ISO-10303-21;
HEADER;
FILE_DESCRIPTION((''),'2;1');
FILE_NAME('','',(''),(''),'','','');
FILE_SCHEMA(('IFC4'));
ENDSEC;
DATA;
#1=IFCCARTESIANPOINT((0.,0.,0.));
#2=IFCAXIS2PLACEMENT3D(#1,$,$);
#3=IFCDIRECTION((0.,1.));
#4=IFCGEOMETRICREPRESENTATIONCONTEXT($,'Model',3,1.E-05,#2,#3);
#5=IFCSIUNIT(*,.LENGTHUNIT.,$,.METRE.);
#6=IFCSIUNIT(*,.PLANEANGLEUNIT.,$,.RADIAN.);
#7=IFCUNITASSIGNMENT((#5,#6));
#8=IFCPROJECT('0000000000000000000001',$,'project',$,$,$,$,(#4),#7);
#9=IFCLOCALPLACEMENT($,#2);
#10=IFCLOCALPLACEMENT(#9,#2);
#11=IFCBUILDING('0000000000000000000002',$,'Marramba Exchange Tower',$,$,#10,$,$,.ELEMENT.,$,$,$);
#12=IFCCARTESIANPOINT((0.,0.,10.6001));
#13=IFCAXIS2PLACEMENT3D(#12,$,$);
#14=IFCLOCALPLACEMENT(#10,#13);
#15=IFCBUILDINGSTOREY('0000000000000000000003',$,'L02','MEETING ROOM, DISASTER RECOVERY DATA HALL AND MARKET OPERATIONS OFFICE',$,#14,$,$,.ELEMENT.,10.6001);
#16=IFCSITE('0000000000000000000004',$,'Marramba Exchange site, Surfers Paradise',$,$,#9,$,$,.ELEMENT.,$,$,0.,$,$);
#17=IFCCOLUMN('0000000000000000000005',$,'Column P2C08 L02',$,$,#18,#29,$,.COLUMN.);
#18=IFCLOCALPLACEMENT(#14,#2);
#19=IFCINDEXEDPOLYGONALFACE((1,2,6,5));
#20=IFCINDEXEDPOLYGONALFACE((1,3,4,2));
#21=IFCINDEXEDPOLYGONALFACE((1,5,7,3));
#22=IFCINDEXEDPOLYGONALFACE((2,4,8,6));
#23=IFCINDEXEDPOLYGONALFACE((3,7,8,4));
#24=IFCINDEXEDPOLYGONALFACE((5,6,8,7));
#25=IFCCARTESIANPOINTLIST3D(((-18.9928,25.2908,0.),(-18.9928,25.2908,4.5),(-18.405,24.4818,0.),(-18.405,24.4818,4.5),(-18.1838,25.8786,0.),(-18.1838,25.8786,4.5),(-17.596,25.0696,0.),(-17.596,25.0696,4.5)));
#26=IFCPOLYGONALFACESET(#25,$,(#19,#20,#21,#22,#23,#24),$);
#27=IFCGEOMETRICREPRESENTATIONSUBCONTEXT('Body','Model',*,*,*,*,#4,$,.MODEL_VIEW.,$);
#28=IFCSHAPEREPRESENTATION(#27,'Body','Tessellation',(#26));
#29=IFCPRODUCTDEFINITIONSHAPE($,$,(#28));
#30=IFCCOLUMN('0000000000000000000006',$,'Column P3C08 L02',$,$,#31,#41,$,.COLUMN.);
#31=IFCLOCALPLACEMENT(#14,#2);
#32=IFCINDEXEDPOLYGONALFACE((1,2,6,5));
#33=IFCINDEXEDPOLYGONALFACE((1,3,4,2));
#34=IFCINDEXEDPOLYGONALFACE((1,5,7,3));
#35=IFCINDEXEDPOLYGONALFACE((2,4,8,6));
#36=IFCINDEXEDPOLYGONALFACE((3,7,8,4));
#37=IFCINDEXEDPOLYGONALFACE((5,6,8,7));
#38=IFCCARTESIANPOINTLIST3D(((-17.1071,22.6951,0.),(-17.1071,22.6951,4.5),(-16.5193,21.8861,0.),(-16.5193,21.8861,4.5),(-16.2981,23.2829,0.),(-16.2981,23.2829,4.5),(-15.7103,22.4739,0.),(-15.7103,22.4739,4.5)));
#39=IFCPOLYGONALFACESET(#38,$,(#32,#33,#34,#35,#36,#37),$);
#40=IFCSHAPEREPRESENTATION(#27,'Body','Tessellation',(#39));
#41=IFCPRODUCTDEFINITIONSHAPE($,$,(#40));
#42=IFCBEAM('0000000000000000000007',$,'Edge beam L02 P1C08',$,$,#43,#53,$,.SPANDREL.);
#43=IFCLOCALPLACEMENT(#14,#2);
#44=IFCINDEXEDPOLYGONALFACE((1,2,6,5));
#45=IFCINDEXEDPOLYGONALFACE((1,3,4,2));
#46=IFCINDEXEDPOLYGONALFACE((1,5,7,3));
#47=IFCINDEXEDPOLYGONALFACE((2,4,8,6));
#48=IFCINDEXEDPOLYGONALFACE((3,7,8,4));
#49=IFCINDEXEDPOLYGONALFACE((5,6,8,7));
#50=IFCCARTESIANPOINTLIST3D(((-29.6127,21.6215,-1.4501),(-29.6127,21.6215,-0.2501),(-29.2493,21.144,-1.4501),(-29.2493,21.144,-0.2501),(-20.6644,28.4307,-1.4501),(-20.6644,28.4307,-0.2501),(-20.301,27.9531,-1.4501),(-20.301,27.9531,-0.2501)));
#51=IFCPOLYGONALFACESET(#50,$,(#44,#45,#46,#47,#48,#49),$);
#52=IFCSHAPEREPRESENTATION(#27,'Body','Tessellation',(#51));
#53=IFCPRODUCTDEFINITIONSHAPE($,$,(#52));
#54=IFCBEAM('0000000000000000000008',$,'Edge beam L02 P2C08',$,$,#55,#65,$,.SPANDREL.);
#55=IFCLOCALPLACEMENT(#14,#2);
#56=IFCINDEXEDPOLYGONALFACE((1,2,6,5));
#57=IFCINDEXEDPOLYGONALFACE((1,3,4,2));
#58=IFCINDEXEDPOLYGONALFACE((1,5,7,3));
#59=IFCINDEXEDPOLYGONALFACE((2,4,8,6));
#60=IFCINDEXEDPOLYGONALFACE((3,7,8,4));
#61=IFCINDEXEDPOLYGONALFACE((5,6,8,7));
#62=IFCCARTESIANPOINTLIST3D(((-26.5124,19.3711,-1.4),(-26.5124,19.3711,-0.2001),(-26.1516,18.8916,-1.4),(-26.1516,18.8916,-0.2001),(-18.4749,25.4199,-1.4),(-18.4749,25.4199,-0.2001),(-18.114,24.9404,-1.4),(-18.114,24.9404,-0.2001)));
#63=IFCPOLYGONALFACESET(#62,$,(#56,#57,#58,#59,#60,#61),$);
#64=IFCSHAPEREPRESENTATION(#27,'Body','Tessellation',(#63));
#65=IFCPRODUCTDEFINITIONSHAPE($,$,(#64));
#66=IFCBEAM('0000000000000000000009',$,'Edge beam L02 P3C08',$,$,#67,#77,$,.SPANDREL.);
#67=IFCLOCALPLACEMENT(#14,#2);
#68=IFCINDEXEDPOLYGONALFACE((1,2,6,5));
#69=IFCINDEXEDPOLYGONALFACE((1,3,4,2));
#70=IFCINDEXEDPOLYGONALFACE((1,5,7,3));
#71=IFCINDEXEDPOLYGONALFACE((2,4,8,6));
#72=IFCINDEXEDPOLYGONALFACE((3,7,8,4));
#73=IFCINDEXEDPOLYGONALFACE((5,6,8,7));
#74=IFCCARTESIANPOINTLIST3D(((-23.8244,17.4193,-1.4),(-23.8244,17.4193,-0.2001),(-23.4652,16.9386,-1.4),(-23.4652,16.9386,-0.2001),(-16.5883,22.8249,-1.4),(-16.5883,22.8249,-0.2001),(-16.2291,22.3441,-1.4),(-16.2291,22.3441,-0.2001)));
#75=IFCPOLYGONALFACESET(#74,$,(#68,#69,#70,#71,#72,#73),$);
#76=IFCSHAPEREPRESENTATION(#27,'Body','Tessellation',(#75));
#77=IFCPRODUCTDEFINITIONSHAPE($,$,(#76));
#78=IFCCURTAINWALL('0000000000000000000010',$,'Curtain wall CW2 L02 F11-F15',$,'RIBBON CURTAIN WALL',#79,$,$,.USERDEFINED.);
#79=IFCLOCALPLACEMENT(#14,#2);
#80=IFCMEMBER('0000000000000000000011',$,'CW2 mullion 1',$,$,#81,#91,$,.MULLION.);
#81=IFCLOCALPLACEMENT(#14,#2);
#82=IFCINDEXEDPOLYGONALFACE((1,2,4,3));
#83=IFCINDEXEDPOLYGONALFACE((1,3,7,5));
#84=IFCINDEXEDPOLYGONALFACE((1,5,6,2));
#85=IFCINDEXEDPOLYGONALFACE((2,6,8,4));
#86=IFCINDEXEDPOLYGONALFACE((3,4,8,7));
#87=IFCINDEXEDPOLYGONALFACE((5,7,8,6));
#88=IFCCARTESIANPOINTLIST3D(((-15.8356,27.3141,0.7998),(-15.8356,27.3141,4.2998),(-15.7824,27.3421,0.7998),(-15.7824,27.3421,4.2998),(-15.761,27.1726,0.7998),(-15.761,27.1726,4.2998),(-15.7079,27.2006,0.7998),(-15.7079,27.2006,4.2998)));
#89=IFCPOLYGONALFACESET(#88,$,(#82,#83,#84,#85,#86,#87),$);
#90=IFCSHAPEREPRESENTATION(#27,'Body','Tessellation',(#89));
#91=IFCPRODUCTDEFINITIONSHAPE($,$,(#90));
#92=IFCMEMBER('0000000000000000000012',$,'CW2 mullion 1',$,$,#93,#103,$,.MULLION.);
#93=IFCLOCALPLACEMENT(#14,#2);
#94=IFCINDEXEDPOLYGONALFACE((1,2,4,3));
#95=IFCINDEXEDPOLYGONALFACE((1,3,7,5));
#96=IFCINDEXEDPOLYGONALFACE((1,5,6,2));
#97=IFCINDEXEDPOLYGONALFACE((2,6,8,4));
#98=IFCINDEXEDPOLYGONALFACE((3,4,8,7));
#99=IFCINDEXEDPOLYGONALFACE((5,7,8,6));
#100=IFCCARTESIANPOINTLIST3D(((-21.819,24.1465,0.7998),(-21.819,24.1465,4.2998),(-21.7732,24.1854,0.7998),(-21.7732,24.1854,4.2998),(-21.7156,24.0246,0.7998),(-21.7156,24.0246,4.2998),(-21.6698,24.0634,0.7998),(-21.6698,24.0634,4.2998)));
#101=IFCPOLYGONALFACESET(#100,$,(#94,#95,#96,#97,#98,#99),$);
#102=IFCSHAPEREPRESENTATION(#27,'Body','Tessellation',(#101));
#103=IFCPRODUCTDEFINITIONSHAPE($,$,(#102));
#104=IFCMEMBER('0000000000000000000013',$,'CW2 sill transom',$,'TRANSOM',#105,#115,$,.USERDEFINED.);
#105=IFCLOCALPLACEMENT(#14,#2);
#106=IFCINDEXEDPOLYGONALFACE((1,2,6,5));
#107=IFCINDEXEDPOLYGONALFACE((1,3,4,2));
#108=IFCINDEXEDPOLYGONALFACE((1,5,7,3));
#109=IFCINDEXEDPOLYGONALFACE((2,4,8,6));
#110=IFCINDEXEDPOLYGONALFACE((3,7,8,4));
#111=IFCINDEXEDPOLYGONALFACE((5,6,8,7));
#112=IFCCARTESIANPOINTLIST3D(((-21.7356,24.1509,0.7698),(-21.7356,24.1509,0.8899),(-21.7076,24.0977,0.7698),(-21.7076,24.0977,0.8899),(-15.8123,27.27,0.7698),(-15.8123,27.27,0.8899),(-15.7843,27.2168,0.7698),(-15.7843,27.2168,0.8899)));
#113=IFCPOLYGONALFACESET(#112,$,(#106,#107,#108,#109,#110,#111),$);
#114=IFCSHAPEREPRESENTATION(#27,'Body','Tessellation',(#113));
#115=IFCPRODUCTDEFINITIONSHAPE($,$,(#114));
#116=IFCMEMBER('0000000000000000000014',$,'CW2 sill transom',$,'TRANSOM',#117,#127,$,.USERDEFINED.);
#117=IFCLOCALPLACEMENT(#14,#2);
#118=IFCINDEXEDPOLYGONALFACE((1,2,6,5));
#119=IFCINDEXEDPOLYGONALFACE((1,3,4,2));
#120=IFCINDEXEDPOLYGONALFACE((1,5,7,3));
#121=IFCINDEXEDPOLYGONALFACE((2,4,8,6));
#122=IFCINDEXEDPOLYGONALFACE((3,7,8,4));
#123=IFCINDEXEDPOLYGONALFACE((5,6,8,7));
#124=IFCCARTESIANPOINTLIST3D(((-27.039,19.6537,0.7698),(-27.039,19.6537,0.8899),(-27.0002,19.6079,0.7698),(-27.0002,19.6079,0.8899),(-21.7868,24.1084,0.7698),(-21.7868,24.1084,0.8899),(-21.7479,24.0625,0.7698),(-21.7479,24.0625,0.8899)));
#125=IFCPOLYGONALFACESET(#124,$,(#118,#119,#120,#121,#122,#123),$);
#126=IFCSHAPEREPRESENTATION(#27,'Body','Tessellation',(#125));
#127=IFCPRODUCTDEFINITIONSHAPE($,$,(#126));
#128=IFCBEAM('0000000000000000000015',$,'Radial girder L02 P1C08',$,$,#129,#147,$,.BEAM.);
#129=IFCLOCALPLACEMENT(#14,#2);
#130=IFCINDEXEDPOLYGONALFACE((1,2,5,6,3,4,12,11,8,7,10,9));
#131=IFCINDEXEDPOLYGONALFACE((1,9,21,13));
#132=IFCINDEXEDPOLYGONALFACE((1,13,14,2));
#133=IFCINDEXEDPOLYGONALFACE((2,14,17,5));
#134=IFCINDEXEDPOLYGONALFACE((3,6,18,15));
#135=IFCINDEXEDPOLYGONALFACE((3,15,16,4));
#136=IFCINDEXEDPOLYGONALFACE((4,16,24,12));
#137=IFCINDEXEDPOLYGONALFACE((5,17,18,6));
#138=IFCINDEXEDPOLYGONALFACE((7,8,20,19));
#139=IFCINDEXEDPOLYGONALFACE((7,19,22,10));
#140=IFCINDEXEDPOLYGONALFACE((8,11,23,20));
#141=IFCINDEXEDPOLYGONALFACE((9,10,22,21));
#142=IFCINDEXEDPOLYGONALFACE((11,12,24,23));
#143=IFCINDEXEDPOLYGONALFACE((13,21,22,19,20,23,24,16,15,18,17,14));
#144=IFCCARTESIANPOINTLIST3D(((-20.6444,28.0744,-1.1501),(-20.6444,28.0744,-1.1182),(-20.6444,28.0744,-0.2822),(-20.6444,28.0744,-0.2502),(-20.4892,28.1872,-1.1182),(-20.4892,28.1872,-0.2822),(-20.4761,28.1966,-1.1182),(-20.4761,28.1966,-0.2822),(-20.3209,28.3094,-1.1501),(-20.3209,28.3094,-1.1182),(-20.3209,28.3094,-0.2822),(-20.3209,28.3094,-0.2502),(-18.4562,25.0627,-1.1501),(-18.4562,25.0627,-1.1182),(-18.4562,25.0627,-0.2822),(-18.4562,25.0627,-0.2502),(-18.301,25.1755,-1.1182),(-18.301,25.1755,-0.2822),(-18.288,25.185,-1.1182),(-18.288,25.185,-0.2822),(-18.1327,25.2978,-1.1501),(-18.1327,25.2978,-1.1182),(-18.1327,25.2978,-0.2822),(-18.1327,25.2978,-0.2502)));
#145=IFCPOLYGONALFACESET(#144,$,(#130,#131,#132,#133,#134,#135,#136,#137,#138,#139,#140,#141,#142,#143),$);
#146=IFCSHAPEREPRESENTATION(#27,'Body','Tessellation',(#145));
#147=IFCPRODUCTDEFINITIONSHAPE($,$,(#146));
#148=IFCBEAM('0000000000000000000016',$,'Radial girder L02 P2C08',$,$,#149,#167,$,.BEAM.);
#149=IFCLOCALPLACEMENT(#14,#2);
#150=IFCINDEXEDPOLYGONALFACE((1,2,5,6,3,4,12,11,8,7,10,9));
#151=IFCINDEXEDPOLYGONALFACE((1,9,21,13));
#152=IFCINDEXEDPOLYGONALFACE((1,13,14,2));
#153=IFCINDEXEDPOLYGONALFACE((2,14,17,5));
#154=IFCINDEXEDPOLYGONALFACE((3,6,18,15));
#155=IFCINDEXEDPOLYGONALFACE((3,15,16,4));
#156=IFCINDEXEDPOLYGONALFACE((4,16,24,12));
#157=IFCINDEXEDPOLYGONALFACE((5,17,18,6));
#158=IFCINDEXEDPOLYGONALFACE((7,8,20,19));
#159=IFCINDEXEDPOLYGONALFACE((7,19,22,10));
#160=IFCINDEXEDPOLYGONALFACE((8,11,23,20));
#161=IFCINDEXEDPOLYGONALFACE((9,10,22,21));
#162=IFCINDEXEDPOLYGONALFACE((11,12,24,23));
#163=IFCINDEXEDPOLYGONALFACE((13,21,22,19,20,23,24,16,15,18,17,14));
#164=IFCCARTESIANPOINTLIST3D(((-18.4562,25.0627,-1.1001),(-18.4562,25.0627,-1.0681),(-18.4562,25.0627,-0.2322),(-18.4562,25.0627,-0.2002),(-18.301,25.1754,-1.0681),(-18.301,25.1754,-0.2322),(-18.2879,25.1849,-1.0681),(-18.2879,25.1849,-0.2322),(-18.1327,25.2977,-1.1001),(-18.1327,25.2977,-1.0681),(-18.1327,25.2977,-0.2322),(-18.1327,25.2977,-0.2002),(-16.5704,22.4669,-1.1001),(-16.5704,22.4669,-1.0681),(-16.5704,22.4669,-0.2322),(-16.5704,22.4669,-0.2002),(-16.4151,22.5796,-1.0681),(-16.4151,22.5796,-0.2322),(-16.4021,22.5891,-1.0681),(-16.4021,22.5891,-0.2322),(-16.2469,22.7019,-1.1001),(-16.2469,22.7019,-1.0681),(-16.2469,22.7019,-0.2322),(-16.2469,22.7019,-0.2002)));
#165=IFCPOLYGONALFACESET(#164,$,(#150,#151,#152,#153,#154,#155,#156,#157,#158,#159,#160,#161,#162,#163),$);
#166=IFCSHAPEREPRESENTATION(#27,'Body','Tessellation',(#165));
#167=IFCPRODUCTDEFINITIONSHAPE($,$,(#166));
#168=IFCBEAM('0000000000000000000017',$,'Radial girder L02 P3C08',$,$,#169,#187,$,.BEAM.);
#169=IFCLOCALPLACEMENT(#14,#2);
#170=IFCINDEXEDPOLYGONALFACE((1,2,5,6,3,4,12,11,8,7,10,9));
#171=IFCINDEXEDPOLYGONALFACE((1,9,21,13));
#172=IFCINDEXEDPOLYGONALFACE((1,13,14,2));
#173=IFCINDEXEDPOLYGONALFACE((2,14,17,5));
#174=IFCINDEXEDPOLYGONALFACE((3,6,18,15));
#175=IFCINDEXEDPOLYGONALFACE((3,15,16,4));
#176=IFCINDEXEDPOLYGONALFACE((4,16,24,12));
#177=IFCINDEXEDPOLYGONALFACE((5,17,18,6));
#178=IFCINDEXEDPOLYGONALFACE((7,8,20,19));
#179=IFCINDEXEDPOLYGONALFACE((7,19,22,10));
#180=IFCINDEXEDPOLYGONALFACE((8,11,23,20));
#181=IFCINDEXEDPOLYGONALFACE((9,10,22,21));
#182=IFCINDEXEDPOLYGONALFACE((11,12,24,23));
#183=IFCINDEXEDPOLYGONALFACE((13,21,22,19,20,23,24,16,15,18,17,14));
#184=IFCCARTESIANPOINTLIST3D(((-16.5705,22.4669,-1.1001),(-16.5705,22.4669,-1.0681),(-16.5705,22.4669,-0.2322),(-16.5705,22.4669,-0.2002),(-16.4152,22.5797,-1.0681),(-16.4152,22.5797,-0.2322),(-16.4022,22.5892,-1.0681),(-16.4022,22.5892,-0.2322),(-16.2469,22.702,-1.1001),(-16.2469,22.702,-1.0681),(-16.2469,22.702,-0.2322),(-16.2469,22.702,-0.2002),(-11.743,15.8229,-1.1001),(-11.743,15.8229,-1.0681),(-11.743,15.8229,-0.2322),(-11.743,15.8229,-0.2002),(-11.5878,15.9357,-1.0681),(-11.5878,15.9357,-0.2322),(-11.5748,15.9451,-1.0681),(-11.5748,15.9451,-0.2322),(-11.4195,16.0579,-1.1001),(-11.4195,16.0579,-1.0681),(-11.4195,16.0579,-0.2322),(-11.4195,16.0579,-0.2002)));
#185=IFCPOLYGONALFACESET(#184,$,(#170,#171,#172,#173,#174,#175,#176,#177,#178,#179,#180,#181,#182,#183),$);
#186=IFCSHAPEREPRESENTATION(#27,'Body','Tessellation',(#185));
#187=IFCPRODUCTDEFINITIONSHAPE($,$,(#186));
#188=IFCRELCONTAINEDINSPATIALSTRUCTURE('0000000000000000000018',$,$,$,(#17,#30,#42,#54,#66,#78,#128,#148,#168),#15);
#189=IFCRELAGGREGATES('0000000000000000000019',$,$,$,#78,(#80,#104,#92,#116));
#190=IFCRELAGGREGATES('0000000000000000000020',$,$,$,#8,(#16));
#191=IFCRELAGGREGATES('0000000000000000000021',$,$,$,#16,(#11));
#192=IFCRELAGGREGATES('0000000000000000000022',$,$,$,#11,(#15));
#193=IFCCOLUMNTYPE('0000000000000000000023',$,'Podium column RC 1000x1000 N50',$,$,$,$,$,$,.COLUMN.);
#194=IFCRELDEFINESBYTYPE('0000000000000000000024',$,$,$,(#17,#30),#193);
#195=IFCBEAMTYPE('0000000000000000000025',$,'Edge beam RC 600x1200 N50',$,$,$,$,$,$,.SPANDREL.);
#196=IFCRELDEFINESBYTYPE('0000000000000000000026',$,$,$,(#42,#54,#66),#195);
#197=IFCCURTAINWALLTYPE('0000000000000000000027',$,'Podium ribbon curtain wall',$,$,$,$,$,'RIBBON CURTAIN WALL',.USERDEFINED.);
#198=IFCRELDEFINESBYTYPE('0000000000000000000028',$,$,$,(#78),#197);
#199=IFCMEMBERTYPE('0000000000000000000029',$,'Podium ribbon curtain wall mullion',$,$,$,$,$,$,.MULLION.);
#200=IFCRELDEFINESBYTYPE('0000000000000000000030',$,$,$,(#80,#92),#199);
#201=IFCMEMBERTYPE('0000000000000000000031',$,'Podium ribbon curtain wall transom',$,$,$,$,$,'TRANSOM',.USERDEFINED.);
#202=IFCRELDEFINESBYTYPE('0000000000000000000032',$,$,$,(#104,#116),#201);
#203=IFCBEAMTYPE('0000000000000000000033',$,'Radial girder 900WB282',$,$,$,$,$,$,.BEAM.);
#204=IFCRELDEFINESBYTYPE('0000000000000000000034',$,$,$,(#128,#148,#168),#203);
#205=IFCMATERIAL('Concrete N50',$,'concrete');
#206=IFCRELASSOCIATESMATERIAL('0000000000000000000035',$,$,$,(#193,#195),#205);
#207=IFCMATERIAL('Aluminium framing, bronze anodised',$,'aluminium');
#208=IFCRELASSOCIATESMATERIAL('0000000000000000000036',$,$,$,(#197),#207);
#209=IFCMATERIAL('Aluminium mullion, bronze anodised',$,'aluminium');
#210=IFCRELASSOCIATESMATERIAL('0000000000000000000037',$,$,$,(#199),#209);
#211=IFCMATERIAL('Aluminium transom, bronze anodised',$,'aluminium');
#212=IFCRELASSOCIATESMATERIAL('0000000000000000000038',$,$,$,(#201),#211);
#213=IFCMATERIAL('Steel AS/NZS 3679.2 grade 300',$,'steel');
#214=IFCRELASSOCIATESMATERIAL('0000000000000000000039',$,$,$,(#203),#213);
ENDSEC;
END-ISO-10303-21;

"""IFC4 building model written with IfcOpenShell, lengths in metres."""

from ifc_helpers import new_model, si_unit, direction, frame, origin, origin_2d, place, context, subcontext, project, spatial, rectangle, i_section, extrude, material, material_profile, profile_set, type_object, element, aggregate, save


model = new_model("IFC4")

# Units and contexts
model_context = context("Model", 3, precision=1e-05, world=origin(), true_north=direction((0.0, 1.0)))
body_context = subcontext(model_context, "Body", "Model", "MODEL_VIEW")
ifc_project = project(units=[si_unit("LENGTHUNIT", "METRE"), si_unit("PLANEANGLEUNIT", "RADIAN")], contexts=[model_context])

# Site, building, storey
site_placement = place(None, origin())
site = spatial("IfcSite", under=ifc_project, at=site_placement, Name="Marramba Exchange site, Surfers Paradise", CompositionType="ELEMENT", RefElevation=0.0)
building_placement = place(site_placement, origin())
building = spatial("IfcBuilding", under=site, at=building_placement, Name="Marramba Exchange Tower", CompositionType="ELEMENT")
storey_placement = place(building_placement, frame((0.0, 0.0, 10.6001)))
storey = spatial("IfcBuildingStorey", under=building, at=storey_placement, Name="L02", Description="MEETING ROOM, DISASTER RECOVERY DATA HALL AND MARKET OPERATIONS OFFICE", CompositionType="ELEMENT", Elevation=10.6001)

# Columns
ifc_material_1 = material(Name="Concrete N50", Category="concrete")
ifc_material_profile_1 = material_profile(ifc_material_1, rectangle(XDim=1.0, YDim=1.0, at=origin_2d()), Name="RC 1000x1000")
ifc_profile_set_1 = profile_set([ifc_material_profile_1], Name="Concrete N50")
column_type = type_object("IfcColumnType", Name="Podium column RC 1000x1000 N50", PredefinedType="COLUMN", material=ifc_profile_set_1)
for number, where, z_axis, x_axis, name in (
    (1, (-18.2944, 25.1802, 0.0), (0.0, 0.0, 1.0), (-0.587785, 0.809017, 0.0), "Column P2C08 L02"),
    (2, (-16.4087, 22.5845, 0.0), (0.0, 0.0, 1.0), (-0.587785, 0.809017, 0.0), "Column P3C08 L02"),
):
    element("IfcColumn", number, at=place(storey_placement, frame(where, z_axis=z_axis, x_axis=x_axis)), inside=storey, type_object=column_type, Name=name, PredefinedType="COLUMN", context=body_context, shape_type="SweptSolid", body=[
        extrude(rectangle(XDim=1.0, YDim=1.0, at=origin_2d()), origin(), (0.0, 0.0, 1.0), 4.5),
    ])

# Beams
ifc_material_profile_2 = material_profile(ifc_material_1, rectangle(XDim=0.6001, YDim=1.2, at=origin_2d()), Name="RC 600x1200")
ifc_profile_set_2 = profile_set([ifc_material_profile_2], Name="Concrete N50")
beam_type_1 = type_object("IfcBeamType", Name="Edge beam RC 600x1200 N50", PredefinedType="SPANDREL", material=ifc_profile_set_2)
beam_1_placement = place(storey_placement, frame((-20.4827, 28.1919, -0.8501), z_axis=(-0.795801, -0.605558, 0.0), x_axis=(0.605558, -0.795801, 0.0)))
element("IfcBeam", 3, at=beam_1_placement, inside=storey, type_object=beam_type_1, Name="Edge beam L02 P1C08", PredefinedType="SPANDREL", context=body_context, shape_type="SweptSolid", body=[
    extrude(rectangle(XDim=0.6001, YDim=1.2, at=origin_2d()), origin(), (0.0, 0.0, 1.0), 11.2444),
])
beam_2_placement = place(storey_placement, frame((-18.2944, 25.1802, -0.8), z_axis=(-0.799015, -0.601312, 0.0), x_axis=(0.601312, -0.799015, 0.0)))
element("IfcBeam", 4, at=beam_2_placement, inside=storey, type_object=beam_type_1, Name="Edge beam L02 P2C08", PredefinedType="SPANDREL", context=body_context, shape_type="SweptSolid", body=[
    extrude(rectangle(XDim=0.6001, YDim=1.2, at=origin_2d()), origin(), (0.0, 0.0, 1.0), 10.0593),
])
beam_3_placement = place(storey_placement, frame((-16.4087, 22.5845, -0.8), z_axis=(-0.801144, -0.598472, 0.0), x_axis=(0.598472, -0.801144, 0.0)))
element("IfcBeam", 5, at=beam_3_placement, inside=storey, type_object=beam_type_1, Name="Edge beam L02 P3C08", PredefinedType="SPANDREL", context=body_context, shape_type="SweptSolid", body=[
    extrude(rectangle(XDim=0.6001, YDim=1.2, at=origin_2d()), origin(), (0.0, 0.0, 1.0), 9.0322),
])

# Curtain wall, members
ifc_material_2 = material(Name="Aluminium framing, bronze anodised", Category="aluminium")
curtain_wall_type = type_object("IfcCurtainWallType", Name="Podium ribbon curtain wall", ElementType="RIBBON CURTAIN WALL", PredefinedType="USERDEFINED", material=ifc_material_2)
curtain_wall_placement = place(storey_placement, origin())
curtain_wall = element("IfcCurtainWall", 6, at=curtain_wall_placement, inside=storey, type_object=curtain_wall_type, Name="Curtain wall CW2 L02 F11-F15", ObjectType="RIBBON CURTAIN WALL", PredefinedType="USERDEFINED")
ifc_material_3 = material(Name="Aluminium mullion, bronze anodised", Category="aluminium")
ifc_material_profile_3 = material_profile(ifc_material_3, rectangle(XDim=0.1599, YDim=0.0601, at=origin_2d()), Name="CW2 mullion 60x160")
ifc_profile_set_3 = profile_set([ifc_material_profile_3], Name="Aluminium mullion, bronze anodised")
member_type_1 = type_object("IfcMemberType", Name="Podium ribbon curtain wall mullion", PredefinedType="MULLION", material=ifc_profile_set_3)
member_1_placement = place(storey_placement, frame((-15.7717, 27.2573, 0.7998), z_axis=(0.0, 0.0, 1.0), x_axis=(0.46593, -0.884821, 0.0)))
member_1 = element("IfcMember", 7, at=member_1_placement, type_object=member_type_1, Name="CW2 mullion 1", PredefinedType="MULLION", context=body_context, shape_type="SweptSolid", body=[
    extrude(rectangle(XDim=0.1599, YDim=0.0601, at=origin_2d()), origin(), (0.0, 0.0, 1.0), 3.5),
])
member_2_placement = place(storey_placement, frame((-21.7444, 24.105, 0.7998), z_axis=(0.0, 0.0, 1.0), x_axis=(0.646819, -0.762643, 0.0)))
member_2 = element("IfcMember", 8, at=member_2_placement, type_object=member_type_1, Name="CW2 mullion 1", PredefinedType="MULLION", context=body_context, shape_type="SweptSolid", body=[
    extrude(rectangle(XDim=0.1599, YDim=0.0601, at=origin_2d()), origin(), (0.0, 0.0, 1.0), 3.5),
])
ifc_material_4 = material(Name="Aluminium transom, bronze anodised", Category="aluminium")
ifc_material_profile_4 = material_profile(ifc_material_4, rectangle(XDim=0.0601, YDim=0.1201, at=origin_2d()), Name="CW2 transom 60x120")
ifc_profile_set_4 = profile_set([ifc_material_profile_4], Name="Aluminium transom, bronze anodised")
member_type_2 = type_object("IfcMemberType", Name="Podium ribbon curtain wall transom", ElementType="TRANSOM", PredefinedType="USERDEFINED", material=ifc_profile_set_4)
member_3_placement = place(storey_placement, frame((-15.7983, 27.2434, 0.8298), z_axis=(-0.88482, -0.465933, 0.0), x_axis=(0.465933, -0.88482, 0.0)))
member_3 = element("IfcMember", 9, at=member_3_placement, type_object=member_type_2, Name="CW2 sill transom", ObjectType="TRANSOM", PredefinedType="USERDEFINED", context=body_context, shape_type="SweptSolid", body=[
    extrude(rectangle(XDim=0.0601, YDim=0.1201, at=origin_2d()), origin(), (0.0, 0.0, 1.0), 6.6943),
])
member_4_placement = place(storey_placement, frame((-21.7673, 24.0854, 0.8298), z_axis=(-0.762639, -0.646824, 0.0), x_axis=(0.646824, -0.762639, 0.0)))
member_4 = element("IfcMember", 10, at=member_4_placement, type_object=member_type_2, Name="CW2 sill transom", ObjectType="TRANSOM", PredefinedType="USERDEFINED", context=body_context, shape_type="SweptSolid", body=[
    extrude(rectangle(XDim=0.0601, YDim=0.1201, at=origin_2d()), origin(), (0.0, 0.0, 1.0), 6.887),
])

# Beams
ifc_material_5 = material(Name="Steel AS/NZS 3679.2 grade 300", Category="steel")
ifc_material_profile_5 = material_profile(ifc_material_5, i_section(OverallWidth=0.3999, OverallDepth=0.8999, WebThickness=0.0161, FlangeThickness=0.032, at=origin_2d()), Name="900WB282")
ifc_profile_set_5 = profile_set([ifc_material_profile_5], Name="Steel AS/NZS 3679.2 grade 300")
beam_type_2 = type_object("IfcBeamType", Name="Radial girder 900WB282", PredefinedType="BEAM", material=ifc_profile_set_5)
beam_4_placement = place(storey_placement, frame((-20.4827, 28.1919, -0.7002), z_axis=(0.587801, -0.809005, 0.0), x_axis=(0.809005, 0.587801, 0.0)))
element("IfcBeam", 11, at=beam_4_placement, inside=storey, type_object=beam_type_2, Name="Radial girder L02 P1C08", PredefinedType="BEAM", context=body_context, shape_type="SweptSolid", body=[
    extrude(i_section(OverallWidth=0.3999, OverallDepth=0.8999, WebThickness=0.0161, FlangeThickness=0.032, at=origin_2d()), origin(), (0.0, 0.0, 1.0), 3.7227),
])
beam_5_placement = place(storey_placement, frame((-18.2944, 25.1802, -0.6501), z_axis=(0.587755, -0.809039, 0.0), x_axis=(0.809039, 0.587755, 0.0)))
element("IfcBeam", 12, at=beam_5_placement, inside=storey, type_object=beam_type_2, Name="Radial girder L02 P2C08", PredefinedType="BEAM", context=body_context, shape_type="SweptSolid", body=[
    extrude(i_section(OverallWidth=0.3999, OverallDepth=0.8999, WebThickness=0.0161, FlangeThickness=0.032, at=origin_2d()), origin(), (0.0, 0.0, 1.0), 3.2085),
])
beam_6_placement = place(storey_placement, frame((-16.4087, 22.5845, -0.6501), z_axis=(0.587802, -0.809005, 0.0), x_axis=(0.809005, 0.587802, 0.0)))
element("IfcBeam", 13, at=beam_6_placement, inside=storey, type_object=beam_type_2, Name="Radial girder L02 P3C08", PredefinedType="BEAM", context=body_context, shape_type="SweptSolid", body=[
    extrude(i_section(OverallWidth=0.3999, OverallDepth=0.8999, WebThickness=0.0161, FlangeThickness=0.032, at=origin_2d()), origin(), (0.0, 0.0, 1.0), 8.2126),
])

aggregate(curtain_wall, [member_1, member_3, member_2, member_4])

save(model, "model.ifc")
